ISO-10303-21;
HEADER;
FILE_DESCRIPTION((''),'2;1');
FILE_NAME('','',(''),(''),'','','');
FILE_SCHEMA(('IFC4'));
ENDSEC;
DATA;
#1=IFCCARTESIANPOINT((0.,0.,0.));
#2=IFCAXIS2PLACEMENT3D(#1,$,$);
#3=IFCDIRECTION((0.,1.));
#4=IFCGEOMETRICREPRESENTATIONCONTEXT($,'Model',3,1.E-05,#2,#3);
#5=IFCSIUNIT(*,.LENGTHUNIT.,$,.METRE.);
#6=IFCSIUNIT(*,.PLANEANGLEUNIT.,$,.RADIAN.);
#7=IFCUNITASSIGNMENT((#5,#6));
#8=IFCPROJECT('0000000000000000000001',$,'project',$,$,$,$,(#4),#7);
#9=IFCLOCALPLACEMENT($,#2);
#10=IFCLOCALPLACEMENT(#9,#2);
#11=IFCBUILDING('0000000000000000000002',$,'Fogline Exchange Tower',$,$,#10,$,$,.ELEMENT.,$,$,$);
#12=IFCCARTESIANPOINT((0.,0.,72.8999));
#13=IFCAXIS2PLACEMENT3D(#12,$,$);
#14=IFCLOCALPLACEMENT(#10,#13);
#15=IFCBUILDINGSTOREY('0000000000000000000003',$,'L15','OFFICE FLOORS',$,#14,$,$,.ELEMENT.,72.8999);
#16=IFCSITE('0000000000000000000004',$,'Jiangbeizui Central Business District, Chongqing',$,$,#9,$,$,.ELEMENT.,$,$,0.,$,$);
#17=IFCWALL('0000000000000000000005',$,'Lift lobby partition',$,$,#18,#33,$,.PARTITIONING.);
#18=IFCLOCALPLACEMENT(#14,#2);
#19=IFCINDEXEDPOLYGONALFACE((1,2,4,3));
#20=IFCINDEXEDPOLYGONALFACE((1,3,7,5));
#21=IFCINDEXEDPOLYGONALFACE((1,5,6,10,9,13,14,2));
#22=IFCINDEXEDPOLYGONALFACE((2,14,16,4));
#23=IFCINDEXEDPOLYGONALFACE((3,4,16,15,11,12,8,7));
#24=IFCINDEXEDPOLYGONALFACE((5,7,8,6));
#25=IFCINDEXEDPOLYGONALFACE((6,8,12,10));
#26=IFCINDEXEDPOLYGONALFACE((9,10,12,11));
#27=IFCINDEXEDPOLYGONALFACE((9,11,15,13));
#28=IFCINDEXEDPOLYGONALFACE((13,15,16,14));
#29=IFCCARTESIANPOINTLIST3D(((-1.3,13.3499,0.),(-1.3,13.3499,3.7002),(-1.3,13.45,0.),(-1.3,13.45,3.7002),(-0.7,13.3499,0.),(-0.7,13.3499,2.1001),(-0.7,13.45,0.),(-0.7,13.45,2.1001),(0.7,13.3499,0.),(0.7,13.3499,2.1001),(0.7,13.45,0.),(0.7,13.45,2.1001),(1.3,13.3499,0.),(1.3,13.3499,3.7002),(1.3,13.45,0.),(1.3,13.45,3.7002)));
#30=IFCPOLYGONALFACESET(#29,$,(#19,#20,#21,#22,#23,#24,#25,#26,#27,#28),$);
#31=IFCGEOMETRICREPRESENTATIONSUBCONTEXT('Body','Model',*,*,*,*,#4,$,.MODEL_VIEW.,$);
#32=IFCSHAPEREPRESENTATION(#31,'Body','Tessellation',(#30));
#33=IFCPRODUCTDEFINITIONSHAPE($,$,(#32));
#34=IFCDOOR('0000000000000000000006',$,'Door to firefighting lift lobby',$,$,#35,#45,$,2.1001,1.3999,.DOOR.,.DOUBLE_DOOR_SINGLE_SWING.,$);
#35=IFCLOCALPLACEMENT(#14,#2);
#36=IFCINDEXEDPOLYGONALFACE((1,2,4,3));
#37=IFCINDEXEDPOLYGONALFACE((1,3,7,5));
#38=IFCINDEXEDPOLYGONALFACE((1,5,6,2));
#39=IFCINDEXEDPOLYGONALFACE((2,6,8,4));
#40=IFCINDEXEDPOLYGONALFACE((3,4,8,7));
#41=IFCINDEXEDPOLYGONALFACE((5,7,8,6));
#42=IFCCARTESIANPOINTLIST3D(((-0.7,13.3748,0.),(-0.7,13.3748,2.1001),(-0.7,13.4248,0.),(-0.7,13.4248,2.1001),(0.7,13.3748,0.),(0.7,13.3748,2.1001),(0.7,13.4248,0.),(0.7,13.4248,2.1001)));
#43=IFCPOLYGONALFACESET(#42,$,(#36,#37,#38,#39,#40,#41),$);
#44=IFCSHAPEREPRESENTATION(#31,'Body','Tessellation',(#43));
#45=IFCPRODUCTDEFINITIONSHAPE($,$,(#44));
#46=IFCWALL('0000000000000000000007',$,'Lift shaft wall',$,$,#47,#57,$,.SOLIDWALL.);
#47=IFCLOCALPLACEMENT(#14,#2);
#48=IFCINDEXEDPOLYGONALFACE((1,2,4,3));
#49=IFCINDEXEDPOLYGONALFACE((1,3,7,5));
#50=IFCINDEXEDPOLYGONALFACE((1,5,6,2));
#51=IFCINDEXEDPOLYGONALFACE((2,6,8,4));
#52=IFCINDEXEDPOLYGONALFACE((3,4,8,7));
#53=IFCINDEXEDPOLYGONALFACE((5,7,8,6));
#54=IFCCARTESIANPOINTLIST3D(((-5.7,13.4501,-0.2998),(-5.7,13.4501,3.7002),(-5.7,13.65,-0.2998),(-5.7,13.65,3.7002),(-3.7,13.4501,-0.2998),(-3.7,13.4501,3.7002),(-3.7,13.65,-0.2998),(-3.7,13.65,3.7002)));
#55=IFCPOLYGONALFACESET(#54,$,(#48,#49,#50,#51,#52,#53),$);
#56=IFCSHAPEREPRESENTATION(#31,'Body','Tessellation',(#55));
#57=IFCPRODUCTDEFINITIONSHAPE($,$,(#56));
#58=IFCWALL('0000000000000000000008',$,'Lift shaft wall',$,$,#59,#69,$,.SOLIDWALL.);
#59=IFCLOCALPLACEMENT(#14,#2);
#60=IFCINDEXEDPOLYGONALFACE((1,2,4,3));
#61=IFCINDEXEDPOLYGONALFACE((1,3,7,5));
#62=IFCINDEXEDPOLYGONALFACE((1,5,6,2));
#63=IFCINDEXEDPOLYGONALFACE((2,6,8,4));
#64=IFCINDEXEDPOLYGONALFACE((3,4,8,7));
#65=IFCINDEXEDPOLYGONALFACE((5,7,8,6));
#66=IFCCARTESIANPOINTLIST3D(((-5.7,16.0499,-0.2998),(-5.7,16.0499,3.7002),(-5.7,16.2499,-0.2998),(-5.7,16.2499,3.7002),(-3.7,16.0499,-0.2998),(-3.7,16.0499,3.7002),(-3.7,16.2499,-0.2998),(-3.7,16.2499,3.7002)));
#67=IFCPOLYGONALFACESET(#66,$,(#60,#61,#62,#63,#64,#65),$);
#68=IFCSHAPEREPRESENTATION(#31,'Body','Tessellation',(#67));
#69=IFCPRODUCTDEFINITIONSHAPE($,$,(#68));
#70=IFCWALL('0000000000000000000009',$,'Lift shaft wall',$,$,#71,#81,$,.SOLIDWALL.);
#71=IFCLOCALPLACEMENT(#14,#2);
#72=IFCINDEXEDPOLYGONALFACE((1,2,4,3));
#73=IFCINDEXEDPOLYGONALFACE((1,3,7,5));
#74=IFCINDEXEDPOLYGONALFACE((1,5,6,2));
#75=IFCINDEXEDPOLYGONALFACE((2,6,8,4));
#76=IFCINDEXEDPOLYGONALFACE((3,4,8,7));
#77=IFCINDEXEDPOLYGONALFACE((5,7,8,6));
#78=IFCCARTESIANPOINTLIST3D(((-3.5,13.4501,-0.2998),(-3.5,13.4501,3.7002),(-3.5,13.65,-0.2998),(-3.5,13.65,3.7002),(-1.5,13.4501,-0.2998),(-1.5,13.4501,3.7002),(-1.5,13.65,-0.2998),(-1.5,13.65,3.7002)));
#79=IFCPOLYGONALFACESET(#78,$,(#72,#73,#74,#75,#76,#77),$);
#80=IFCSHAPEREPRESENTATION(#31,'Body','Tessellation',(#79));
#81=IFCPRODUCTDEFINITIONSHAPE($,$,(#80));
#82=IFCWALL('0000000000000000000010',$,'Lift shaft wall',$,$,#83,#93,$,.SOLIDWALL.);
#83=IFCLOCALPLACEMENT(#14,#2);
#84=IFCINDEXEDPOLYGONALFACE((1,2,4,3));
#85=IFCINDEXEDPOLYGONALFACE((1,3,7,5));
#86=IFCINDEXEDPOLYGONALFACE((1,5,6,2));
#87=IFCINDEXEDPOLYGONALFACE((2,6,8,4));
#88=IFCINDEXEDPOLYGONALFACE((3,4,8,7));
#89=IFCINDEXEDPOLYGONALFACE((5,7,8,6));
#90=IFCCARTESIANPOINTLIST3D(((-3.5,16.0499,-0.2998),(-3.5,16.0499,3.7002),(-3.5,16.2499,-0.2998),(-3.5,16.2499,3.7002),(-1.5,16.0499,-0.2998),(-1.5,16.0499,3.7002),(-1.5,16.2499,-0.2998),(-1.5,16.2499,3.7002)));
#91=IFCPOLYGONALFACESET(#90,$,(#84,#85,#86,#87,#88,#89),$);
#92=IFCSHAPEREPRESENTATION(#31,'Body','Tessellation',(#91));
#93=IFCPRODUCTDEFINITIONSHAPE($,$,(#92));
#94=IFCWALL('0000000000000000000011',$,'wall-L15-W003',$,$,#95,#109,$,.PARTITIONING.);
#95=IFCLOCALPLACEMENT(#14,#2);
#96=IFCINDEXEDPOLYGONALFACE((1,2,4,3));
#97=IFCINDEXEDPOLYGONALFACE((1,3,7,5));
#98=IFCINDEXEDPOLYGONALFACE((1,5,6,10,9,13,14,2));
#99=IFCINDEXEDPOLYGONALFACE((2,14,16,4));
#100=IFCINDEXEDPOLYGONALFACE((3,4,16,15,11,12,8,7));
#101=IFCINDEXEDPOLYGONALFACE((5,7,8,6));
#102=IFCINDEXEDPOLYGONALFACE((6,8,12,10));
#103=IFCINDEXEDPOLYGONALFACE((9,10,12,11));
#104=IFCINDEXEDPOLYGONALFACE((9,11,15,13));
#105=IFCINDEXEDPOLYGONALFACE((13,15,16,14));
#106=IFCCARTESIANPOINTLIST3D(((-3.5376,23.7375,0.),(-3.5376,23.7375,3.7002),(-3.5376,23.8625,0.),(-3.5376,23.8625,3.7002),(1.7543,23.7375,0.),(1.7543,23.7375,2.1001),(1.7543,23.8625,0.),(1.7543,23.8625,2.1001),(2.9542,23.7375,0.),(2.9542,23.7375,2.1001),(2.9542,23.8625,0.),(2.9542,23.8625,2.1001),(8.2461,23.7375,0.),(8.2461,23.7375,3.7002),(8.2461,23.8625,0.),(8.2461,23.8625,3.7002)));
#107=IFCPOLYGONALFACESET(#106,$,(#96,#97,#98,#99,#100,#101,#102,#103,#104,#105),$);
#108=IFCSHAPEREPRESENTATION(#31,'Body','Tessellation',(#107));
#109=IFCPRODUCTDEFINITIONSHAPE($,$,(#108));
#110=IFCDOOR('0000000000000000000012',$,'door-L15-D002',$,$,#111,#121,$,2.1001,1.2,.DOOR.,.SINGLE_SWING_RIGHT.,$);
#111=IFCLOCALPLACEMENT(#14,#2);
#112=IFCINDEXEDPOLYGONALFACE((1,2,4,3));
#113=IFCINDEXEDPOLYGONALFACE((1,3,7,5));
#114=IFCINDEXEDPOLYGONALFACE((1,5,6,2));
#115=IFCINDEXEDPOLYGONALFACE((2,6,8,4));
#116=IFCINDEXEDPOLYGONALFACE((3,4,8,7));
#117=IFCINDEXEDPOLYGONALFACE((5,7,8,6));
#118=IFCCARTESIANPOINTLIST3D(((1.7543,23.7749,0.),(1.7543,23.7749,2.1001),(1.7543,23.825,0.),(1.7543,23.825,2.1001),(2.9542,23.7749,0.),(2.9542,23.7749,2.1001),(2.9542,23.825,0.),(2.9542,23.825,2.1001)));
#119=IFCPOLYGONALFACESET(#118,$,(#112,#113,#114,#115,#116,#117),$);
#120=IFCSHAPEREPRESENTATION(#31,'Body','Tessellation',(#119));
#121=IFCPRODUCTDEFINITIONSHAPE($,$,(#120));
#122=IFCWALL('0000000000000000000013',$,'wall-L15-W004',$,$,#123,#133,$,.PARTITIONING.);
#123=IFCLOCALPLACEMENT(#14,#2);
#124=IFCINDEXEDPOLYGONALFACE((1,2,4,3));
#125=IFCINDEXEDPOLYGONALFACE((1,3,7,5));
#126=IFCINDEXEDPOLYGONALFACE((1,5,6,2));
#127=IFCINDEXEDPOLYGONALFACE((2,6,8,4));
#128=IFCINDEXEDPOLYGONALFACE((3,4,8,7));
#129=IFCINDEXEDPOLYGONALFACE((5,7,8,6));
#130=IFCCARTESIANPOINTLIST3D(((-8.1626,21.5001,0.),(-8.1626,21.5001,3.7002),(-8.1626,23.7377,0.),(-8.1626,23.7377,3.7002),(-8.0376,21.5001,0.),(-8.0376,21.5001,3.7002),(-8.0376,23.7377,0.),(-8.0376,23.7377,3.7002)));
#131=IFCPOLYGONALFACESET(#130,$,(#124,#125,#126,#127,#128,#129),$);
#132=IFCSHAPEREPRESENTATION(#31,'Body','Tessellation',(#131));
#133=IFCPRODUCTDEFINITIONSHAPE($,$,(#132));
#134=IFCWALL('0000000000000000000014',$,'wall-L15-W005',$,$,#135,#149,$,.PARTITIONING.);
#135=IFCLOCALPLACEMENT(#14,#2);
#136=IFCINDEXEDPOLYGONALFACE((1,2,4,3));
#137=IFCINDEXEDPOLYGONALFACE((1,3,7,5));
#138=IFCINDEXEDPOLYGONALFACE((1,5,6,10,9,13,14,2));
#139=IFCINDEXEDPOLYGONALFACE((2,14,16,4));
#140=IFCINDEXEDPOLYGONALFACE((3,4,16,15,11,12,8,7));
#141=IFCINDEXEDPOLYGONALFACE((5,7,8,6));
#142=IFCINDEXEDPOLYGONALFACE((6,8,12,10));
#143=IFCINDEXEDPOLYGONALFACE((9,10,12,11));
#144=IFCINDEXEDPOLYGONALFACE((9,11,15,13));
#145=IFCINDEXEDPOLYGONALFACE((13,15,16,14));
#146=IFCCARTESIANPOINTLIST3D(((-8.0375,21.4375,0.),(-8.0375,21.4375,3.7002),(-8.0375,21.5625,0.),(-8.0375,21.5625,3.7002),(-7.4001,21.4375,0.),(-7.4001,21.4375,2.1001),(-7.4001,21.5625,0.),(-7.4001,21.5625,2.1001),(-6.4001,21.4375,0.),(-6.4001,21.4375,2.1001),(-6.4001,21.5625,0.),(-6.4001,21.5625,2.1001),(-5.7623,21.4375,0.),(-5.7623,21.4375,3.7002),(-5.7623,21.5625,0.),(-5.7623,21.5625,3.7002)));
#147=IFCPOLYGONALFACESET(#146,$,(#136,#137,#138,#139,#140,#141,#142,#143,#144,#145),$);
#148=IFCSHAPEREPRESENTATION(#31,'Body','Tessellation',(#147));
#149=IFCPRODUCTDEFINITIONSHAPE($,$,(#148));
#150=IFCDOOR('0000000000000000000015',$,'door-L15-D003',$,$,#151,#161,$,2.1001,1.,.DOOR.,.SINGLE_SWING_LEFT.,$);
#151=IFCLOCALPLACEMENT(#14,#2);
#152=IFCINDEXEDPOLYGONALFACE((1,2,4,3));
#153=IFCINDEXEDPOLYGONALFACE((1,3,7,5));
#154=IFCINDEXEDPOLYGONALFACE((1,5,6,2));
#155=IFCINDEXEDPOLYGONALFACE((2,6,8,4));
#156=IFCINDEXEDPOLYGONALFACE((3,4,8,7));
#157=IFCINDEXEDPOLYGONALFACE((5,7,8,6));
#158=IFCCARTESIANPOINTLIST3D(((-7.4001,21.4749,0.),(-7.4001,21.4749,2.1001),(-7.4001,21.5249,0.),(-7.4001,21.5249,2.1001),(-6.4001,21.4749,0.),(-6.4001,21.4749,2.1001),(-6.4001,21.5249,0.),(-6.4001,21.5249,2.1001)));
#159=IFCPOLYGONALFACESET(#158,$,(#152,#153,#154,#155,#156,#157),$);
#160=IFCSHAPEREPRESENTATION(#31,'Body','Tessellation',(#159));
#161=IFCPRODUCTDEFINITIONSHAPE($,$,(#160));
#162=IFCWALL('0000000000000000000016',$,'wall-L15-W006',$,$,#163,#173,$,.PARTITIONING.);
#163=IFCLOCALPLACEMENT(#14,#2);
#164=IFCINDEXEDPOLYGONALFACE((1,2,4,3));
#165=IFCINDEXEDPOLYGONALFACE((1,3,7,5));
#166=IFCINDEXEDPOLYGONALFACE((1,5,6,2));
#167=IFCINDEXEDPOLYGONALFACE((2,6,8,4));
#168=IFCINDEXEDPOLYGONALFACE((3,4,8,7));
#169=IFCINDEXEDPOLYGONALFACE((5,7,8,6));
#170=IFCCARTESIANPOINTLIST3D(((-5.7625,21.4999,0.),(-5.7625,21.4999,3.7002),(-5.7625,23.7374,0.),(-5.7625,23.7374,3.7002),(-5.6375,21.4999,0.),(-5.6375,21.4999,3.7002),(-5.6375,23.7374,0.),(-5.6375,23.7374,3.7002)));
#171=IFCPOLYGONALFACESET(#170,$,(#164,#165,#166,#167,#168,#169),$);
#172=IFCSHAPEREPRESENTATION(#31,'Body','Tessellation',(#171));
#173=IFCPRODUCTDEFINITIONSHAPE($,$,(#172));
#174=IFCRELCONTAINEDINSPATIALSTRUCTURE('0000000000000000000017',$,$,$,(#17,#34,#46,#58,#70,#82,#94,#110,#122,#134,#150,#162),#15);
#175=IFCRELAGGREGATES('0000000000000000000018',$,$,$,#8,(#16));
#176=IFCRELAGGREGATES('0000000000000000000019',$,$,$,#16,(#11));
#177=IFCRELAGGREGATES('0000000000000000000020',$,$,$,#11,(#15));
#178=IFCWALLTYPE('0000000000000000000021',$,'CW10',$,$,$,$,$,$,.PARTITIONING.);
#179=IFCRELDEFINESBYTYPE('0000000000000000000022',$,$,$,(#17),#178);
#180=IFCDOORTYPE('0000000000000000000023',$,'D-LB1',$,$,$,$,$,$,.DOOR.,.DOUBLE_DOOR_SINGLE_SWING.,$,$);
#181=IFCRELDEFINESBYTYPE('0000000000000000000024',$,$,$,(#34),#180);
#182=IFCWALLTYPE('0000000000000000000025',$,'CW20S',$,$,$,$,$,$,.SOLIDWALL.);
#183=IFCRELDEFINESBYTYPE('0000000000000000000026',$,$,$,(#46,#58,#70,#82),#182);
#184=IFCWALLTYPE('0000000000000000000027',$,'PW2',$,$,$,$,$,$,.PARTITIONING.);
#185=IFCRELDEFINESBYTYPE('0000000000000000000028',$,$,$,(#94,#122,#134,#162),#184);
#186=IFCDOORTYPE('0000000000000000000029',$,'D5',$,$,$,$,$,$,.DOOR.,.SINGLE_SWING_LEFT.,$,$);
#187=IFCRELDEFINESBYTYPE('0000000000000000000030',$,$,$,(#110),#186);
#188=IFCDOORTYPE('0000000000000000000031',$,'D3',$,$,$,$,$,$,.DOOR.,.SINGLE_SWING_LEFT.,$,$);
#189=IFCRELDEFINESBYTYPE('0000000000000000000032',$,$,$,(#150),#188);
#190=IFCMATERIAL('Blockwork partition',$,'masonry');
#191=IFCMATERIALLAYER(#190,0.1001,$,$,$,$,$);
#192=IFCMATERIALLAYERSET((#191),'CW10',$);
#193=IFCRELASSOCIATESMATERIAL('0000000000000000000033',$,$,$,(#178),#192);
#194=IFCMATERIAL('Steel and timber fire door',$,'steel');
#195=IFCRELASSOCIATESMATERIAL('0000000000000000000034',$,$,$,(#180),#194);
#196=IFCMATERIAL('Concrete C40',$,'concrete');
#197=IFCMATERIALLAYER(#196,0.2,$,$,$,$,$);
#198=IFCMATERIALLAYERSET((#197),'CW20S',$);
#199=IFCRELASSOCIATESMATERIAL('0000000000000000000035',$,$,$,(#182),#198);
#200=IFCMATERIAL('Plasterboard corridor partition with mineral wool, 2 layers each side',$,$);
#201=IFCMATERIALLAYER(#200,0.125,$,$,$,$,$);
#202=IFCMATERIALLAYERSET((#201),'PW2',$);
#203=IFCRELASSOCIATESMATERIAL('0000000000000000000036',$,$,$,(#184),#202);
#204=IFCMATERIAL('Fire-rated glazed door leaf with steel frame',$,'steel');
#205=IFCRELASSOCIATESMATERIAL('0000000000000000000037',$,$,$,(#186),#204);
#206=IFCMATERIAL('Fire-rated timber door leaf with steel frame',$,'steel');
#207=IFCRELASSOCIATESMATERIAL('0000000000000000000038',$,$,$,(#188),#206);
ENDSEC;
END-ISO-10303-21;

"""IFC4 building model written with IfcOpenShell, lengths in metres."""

from ifc_helpers import new_model, si_unit, direction, frame, frame_2d, origin, place, context, subcontext, project, spatial, rectangle, extrude, material, layer, layer_set, type_object, element, fill, save


model = new_model("IFC4")

# Units and contexts
model_context = context("Model", 3, precision=1e-05, world=origin(), true_north=direction((0.0, 1.0)))
body_context = subcontext(model_context, "Body", "Model", "MODEL_VIEW")
ifc_project = project(units=[si_unit("LENGTHUNIT", "METRE"), si_unit("PLANEANGLEUNIT", "RADIAN")], contexts=[model_context])

# Site, building, storey
site_placement = place(None, origin())
site = spatial("IfcSite", under=ifc_project, at=site_placement, Name="Jiangbeizui Central Business District, Chongqing", CompositionType="ELEMENT", RefElevation=0.0)
building_placement = place(site_placement, origin())
building = spatial("IfcBuilding", under=site, at=building_placement, Name="Fogline Exchange Tower", CompositionType="ELEMENT")
storey_placement = place(building_placement, frame((0.0, 0.0, 72.8999)))
storey = spatial("IfcBuildingStorey", under=building, at=storey_placement, Name="L15", Description="OFFICE FLOORS", CompositionType="ELEMENT", Elevation=72.8999)

# Shared definitions
ifc_material_1 = material(Name="Concrete C40", Category="concrete")

# Wall, opening, door
ifc_material_2 = material(Name="Blockwork partition", Category="masonry")
ifc_layer_1 = layer(ifc_material_2, 0.1001)
ifc_layer_set_1 = layer_set([ifc_layer_1], Name="CW10")
wall_type_1 = type_object("IfcWallType", Name="CW10", PredefinedType="PARTITIONING", material=ifc_layer_set_1)
wall_1_placement = place(storey_placement, frame((-1.3, 13.3999, 0.0), z_axis=(0.0, 0.0, 1.0), x_axis=(1.0, 0.0, 0.0)))
wall_1 = element("IfcWall", 1, at=wall_1_placement, inside=storey, type_object=wall_type_1, Name="Lift lobby partition", PredefinedType="PARTITIONING", context=body_context, shape_type="SweptSolid", body=[
    extrude(rectangle(XDim=2.6001, YDim=0.1001, at=frame_2d((1.3, 0.0))), origin(), (0.0, 0.0, 1.0), 3.7002),
])
opening_1_placement = place(wall_1_placement, frame((0.6001, 0.0, 0.0)))
opening_1 = element("IfcOpeningElement", 2, at=opening_1_placement, cuts=wall_1, PredefinedType="OPENING", context=body_context, shape_type="SweptSolid", body=[
    extrude(rectangle(XDim=1.3999, YDim=2.1001, at=frame_2d((0.7, 1.05))), frame((0.0, 0.0601, 0.0), z_axis=(0.0, -1.0, 0.0), x_axis=(1.0, 0.0, 0.0)), (0.0, 0.0, 1.0), 0.1201),
])
ifc_material_3 = material(Name="Steel and timber fire door", Category="steel")
door_type_1 = type_object("IfcDoorType", Name="D-LB1", OperationType="DOUBLE_DOOR_SINGLE_SWING", PredefinedType="DOOR", material=ifc_material_3)
door_1_placement = place(opening_1_placement, origin())
door_1 = element("IfcDoor", 3, at=door_1_placement, inside=storey, type_object=door_type_1, Name="Door to firefighting lift lobby", OperationType="DOUBLE_DOOR_SINGLE_SWING", OverallHeight=2.1001, OverallWidth=1.3999, PredefinedType="DOOR", context=body_context, shape_type="SweptSolid", body=[
    extrude(rectangle(XDim=1.3999, YDim=2.1001, at=frame_2d((0.7, 1.05))), frame((0.0, 0.0249, 0.0), z_axis=(0.0, -1.0, 0.0), x_axis=(1.0, 0.0, 0.0)), (0.0, 0.0, 1.0), 0.05),
])
fill(opening_1, door_1)

# Walls
ifc_layer_2 = layer(ifc_material_1, 0.2)
ifc_layer_set_2 = layer_set([ifc_layer_2], Name="CW20S")
wall_type_2 = type_object("IfcWallType", Name="CW20S", PredefinedType="SOLIDWALL", material=ifc_layer_set_2)
for number, where, z_axis, x_axis, name in (
    (4, (-5.7, 13.55, -0.2998), (0.0, 0.0, 1.0), (1.0, 0.0, 0.0), "Lift shaft wall"),
    (5, (-5.7, 16.1499, -0.2998), (0.0, 0.0, 1.0), (1.0, 0.0, 0.0), "Lift shaft wall"),
    (6, (-3.5, 13.55, -0.2998), (0.0, 0.0, 1.0), (1.0, 0.0, 0.0), "Lift shaft wall"),
    (7, (-3.5, 16.1499, -0.2998), (0.0, 0.0, 1.0), (1.0, 0.0, 0.0), "Lift shaft wall"),
):
    element("IfcWall", number, at=place(storey_placement, frame(where, z_axis=z_axis, x_axis=x_axis)), inside=storey, type_object=wall_type_2, Name=name, PredefinedType="SOLIDWALL", context=body_context, shape_type="SweptSolid", body=[
        extrude(rectangle(XDim=2.0, YDim=0.2, at=frame_2d((1.0, 0.0))), origin(), (0.0, 0.0, 1.0), 4.0),
    ])

# Wall, opening, door
ifc_material_4 = material(Name="Plasterboard corridor partition with mineral wool, 2 layers each side")
ifc_layer_3 = layer(ifc_material_4, 0.125)
ifc_layer_set_3 = layer_set([ifc_layer_3], Name="PW2")
wall_type_3 = type_object("IfcWallType", Name="PW2", PredefinedType="PARTITIONING", material=ifc_layer_set_3)
wall_2_placement = place(storey_placement, frame((-3.5376, 23.8, 0.0), z_axis=(0.0, 0.0, 1.0), x_axis=(1.0, 0.0, 0.0)))
wall_2 = element("IfcWall", 8, at=wall_2_placement, inside=storey, type_object=wall_type_3, Name="wall-L15-W003", PredefinedType="PARTITIONING", context=body_context, shape_type="SweptSolid", body=[
    extrude(rectangle(XDim=11.7837, YDim=0.125, at=frame_2d((5.8918, 0.0))), origin(), (0.0, 0.0, 1.0), 3.7002),
])
opening_2_placement = place(wall_2_placement, frame((5.2917, 0.0, 0.0)))
opening_2 = element("IfcOpeningElement", 9, at=opening_2_placement, cuts=wall_2, PredefinedType="OPENING", context=body_context, shape_type="SweptSolid", body=[
    extrude(rectangle(XDim=1.2, YDim=2.1001, at=frame_2d((0.6001, 1.05))), frame((0.0, 0.0725, 0.0), z_axis=(0.0, -1.0, 0.0), x_axis=(1.0, 0.0, 0.0)), (0.0, 0.0, 1.0), 0.145),
])
ifc_material_5 = material(Name="Fire-rated glazed door leaf with steel frame", Category="steel")
door_type_2 = type_object("IfcDoorType", Name="D5", OperationType="SINGLE_SWING_LEFT", PredefinedType="DOOR", material=ifc_material_5)
door_2_placement = place(opening_2_placement, origin())
door_2 = element("IfcDoor", 10, at=door_2_placement, inside=storey, type_object=door_type_2, Name="door-L15-D002", OperationType="SINGLE_SWING_RIGHT", OverallHeight=2.1001, OverallWidth=1.2, PredefinedType="DOOR", context=body_context, shape_type="SweptSolid", body=[
    extrude(rectangle(XDim=1.2, YDim=2.1001, at=frame_2d((0.6001, 1.05))), frame((0.0, 0.0249, 0.0), z_axis=(0.0, -1.0, 0.0), x_axis=(1.0, 0.0, 0.0)), (0.0, 0.0, 1.0), 0.05),
])
fill(opening_2, door_2)

# Wall
wall_3_placement = place(storey_placement, frame((-8.1001, 23.7375, 0.0), z_axis=(0.0, 0.0, 1.0), x_axis=(0.0, -1.0, 0.0)))
element("IfcWall", 11, at=wall_3_placement, inside=storey, type_object=wall_type_3, Name="wall-L15-W004", PredefinedType="PARTITIONING", context=body_context, shape_type="SweptSolid", body=[
    extrude(rectangle(XDim=2.2375, YDim=0.125, at=frame_2d((1.1187, 0.0))), origin(), (0.0, 0.0, 1.0), 3.7002),
])

# Wall, opening, door
wall_4_placement = place(storey_placement, frame((-8.0376, 21.5, 0.0), z_axis=(0.0, 0.0, 1.0), x_axis=(1.0, 0.0, 0.0)))
wall_4 = element("IfcWall", 12, at=wall_4_placement, inside=storey, type_object=wall_type_3, Name="wall-L15-W005", PredefinedType="PARTITIONING", context=body_context, shape_type="SweptSolid", body=[
    extrude(rectangle(XDim=2.2751, YDim=0.125, at=frame_2d((1.1377, 0.0))), origin(), (0.0, 0.0, 1.0), 3.7002),
])
opening_3_placement = place(wall_4_placement, frame((0.6375, 0.0, 0.0)))
opening_3 = element("IfcOpeningElement", 13, at=opening_3_placement, cuts=wall_4, PredefinedType="OPENING", context=body_context, shape_type="SweptSolid", body=[
    extrude(rectangle(XDim=1.0, YDim=2.1001, at=frame_2d((0.5, 1.05))), frame((0.0, 0.0725, 0.0), z_axis=(0.0, -1.0, 0.0), x_axis=(1.0, 0.0, 0.0)), (0.0, 0.0, 1.0), 0.145),
])
ifc_material_6 = material(Name="Fire-rated timber door leaf with steel frame", Category="steel")
door_type_3 = type_object("IfcDoorType", Name="D3", OperationType="SINGLE_SWING_LEFT", PredefinedType="DOOR", material=ifc_material_6)
door_3_placement = place(opening_3_placement, origin())
door_3 = element("IfcDoor", 14, at=door_3_placement, inside=storey, type_object=door_type_3, Name="door-L15-D003", OperationType="SINGLE_SWING_LEFT", OverallHeight=2.1001, OverallWidth=1.0, PredefinedType="DOOR", context=body_context, shape_type="SweptSolid", body=[
    extrude(rectangle(XDim=1.0, YDim=2.1001, at=frame_2d((0.5, 1.05))), frame((0.0, 0.0249, 0.0), z_axis=(0.0, -1.0, 0.0), x_axis=(1.0, 0.0, 0.0)), (0.0, 0.0, 1.0), 0.05),
])
fill(opening_3, door_3)

# Wall
wall_5_placement = place(storey_placement, frame((-5.7, 21.5, 0.0), z_axis=(0.0, 0.0, 1.0), x_axis=(0.0, 1.0, 0.0)))
element("IfcWall", 15, at=wall_5_placement, inside=storey, type_object=wall_type_3, Name="wall-L15-W006", PredefinedType="PARTITIONING", context=body_context, shape_type="SweptSolid", body=[
    extrude(rectangle(XDim=2.2375, YDim=0.125, at=frame_2d((1.1187, 0.0))), origin(), (0.0, 0.0, 1.0), 3.7002),
])

save(model, "model.ifc")
